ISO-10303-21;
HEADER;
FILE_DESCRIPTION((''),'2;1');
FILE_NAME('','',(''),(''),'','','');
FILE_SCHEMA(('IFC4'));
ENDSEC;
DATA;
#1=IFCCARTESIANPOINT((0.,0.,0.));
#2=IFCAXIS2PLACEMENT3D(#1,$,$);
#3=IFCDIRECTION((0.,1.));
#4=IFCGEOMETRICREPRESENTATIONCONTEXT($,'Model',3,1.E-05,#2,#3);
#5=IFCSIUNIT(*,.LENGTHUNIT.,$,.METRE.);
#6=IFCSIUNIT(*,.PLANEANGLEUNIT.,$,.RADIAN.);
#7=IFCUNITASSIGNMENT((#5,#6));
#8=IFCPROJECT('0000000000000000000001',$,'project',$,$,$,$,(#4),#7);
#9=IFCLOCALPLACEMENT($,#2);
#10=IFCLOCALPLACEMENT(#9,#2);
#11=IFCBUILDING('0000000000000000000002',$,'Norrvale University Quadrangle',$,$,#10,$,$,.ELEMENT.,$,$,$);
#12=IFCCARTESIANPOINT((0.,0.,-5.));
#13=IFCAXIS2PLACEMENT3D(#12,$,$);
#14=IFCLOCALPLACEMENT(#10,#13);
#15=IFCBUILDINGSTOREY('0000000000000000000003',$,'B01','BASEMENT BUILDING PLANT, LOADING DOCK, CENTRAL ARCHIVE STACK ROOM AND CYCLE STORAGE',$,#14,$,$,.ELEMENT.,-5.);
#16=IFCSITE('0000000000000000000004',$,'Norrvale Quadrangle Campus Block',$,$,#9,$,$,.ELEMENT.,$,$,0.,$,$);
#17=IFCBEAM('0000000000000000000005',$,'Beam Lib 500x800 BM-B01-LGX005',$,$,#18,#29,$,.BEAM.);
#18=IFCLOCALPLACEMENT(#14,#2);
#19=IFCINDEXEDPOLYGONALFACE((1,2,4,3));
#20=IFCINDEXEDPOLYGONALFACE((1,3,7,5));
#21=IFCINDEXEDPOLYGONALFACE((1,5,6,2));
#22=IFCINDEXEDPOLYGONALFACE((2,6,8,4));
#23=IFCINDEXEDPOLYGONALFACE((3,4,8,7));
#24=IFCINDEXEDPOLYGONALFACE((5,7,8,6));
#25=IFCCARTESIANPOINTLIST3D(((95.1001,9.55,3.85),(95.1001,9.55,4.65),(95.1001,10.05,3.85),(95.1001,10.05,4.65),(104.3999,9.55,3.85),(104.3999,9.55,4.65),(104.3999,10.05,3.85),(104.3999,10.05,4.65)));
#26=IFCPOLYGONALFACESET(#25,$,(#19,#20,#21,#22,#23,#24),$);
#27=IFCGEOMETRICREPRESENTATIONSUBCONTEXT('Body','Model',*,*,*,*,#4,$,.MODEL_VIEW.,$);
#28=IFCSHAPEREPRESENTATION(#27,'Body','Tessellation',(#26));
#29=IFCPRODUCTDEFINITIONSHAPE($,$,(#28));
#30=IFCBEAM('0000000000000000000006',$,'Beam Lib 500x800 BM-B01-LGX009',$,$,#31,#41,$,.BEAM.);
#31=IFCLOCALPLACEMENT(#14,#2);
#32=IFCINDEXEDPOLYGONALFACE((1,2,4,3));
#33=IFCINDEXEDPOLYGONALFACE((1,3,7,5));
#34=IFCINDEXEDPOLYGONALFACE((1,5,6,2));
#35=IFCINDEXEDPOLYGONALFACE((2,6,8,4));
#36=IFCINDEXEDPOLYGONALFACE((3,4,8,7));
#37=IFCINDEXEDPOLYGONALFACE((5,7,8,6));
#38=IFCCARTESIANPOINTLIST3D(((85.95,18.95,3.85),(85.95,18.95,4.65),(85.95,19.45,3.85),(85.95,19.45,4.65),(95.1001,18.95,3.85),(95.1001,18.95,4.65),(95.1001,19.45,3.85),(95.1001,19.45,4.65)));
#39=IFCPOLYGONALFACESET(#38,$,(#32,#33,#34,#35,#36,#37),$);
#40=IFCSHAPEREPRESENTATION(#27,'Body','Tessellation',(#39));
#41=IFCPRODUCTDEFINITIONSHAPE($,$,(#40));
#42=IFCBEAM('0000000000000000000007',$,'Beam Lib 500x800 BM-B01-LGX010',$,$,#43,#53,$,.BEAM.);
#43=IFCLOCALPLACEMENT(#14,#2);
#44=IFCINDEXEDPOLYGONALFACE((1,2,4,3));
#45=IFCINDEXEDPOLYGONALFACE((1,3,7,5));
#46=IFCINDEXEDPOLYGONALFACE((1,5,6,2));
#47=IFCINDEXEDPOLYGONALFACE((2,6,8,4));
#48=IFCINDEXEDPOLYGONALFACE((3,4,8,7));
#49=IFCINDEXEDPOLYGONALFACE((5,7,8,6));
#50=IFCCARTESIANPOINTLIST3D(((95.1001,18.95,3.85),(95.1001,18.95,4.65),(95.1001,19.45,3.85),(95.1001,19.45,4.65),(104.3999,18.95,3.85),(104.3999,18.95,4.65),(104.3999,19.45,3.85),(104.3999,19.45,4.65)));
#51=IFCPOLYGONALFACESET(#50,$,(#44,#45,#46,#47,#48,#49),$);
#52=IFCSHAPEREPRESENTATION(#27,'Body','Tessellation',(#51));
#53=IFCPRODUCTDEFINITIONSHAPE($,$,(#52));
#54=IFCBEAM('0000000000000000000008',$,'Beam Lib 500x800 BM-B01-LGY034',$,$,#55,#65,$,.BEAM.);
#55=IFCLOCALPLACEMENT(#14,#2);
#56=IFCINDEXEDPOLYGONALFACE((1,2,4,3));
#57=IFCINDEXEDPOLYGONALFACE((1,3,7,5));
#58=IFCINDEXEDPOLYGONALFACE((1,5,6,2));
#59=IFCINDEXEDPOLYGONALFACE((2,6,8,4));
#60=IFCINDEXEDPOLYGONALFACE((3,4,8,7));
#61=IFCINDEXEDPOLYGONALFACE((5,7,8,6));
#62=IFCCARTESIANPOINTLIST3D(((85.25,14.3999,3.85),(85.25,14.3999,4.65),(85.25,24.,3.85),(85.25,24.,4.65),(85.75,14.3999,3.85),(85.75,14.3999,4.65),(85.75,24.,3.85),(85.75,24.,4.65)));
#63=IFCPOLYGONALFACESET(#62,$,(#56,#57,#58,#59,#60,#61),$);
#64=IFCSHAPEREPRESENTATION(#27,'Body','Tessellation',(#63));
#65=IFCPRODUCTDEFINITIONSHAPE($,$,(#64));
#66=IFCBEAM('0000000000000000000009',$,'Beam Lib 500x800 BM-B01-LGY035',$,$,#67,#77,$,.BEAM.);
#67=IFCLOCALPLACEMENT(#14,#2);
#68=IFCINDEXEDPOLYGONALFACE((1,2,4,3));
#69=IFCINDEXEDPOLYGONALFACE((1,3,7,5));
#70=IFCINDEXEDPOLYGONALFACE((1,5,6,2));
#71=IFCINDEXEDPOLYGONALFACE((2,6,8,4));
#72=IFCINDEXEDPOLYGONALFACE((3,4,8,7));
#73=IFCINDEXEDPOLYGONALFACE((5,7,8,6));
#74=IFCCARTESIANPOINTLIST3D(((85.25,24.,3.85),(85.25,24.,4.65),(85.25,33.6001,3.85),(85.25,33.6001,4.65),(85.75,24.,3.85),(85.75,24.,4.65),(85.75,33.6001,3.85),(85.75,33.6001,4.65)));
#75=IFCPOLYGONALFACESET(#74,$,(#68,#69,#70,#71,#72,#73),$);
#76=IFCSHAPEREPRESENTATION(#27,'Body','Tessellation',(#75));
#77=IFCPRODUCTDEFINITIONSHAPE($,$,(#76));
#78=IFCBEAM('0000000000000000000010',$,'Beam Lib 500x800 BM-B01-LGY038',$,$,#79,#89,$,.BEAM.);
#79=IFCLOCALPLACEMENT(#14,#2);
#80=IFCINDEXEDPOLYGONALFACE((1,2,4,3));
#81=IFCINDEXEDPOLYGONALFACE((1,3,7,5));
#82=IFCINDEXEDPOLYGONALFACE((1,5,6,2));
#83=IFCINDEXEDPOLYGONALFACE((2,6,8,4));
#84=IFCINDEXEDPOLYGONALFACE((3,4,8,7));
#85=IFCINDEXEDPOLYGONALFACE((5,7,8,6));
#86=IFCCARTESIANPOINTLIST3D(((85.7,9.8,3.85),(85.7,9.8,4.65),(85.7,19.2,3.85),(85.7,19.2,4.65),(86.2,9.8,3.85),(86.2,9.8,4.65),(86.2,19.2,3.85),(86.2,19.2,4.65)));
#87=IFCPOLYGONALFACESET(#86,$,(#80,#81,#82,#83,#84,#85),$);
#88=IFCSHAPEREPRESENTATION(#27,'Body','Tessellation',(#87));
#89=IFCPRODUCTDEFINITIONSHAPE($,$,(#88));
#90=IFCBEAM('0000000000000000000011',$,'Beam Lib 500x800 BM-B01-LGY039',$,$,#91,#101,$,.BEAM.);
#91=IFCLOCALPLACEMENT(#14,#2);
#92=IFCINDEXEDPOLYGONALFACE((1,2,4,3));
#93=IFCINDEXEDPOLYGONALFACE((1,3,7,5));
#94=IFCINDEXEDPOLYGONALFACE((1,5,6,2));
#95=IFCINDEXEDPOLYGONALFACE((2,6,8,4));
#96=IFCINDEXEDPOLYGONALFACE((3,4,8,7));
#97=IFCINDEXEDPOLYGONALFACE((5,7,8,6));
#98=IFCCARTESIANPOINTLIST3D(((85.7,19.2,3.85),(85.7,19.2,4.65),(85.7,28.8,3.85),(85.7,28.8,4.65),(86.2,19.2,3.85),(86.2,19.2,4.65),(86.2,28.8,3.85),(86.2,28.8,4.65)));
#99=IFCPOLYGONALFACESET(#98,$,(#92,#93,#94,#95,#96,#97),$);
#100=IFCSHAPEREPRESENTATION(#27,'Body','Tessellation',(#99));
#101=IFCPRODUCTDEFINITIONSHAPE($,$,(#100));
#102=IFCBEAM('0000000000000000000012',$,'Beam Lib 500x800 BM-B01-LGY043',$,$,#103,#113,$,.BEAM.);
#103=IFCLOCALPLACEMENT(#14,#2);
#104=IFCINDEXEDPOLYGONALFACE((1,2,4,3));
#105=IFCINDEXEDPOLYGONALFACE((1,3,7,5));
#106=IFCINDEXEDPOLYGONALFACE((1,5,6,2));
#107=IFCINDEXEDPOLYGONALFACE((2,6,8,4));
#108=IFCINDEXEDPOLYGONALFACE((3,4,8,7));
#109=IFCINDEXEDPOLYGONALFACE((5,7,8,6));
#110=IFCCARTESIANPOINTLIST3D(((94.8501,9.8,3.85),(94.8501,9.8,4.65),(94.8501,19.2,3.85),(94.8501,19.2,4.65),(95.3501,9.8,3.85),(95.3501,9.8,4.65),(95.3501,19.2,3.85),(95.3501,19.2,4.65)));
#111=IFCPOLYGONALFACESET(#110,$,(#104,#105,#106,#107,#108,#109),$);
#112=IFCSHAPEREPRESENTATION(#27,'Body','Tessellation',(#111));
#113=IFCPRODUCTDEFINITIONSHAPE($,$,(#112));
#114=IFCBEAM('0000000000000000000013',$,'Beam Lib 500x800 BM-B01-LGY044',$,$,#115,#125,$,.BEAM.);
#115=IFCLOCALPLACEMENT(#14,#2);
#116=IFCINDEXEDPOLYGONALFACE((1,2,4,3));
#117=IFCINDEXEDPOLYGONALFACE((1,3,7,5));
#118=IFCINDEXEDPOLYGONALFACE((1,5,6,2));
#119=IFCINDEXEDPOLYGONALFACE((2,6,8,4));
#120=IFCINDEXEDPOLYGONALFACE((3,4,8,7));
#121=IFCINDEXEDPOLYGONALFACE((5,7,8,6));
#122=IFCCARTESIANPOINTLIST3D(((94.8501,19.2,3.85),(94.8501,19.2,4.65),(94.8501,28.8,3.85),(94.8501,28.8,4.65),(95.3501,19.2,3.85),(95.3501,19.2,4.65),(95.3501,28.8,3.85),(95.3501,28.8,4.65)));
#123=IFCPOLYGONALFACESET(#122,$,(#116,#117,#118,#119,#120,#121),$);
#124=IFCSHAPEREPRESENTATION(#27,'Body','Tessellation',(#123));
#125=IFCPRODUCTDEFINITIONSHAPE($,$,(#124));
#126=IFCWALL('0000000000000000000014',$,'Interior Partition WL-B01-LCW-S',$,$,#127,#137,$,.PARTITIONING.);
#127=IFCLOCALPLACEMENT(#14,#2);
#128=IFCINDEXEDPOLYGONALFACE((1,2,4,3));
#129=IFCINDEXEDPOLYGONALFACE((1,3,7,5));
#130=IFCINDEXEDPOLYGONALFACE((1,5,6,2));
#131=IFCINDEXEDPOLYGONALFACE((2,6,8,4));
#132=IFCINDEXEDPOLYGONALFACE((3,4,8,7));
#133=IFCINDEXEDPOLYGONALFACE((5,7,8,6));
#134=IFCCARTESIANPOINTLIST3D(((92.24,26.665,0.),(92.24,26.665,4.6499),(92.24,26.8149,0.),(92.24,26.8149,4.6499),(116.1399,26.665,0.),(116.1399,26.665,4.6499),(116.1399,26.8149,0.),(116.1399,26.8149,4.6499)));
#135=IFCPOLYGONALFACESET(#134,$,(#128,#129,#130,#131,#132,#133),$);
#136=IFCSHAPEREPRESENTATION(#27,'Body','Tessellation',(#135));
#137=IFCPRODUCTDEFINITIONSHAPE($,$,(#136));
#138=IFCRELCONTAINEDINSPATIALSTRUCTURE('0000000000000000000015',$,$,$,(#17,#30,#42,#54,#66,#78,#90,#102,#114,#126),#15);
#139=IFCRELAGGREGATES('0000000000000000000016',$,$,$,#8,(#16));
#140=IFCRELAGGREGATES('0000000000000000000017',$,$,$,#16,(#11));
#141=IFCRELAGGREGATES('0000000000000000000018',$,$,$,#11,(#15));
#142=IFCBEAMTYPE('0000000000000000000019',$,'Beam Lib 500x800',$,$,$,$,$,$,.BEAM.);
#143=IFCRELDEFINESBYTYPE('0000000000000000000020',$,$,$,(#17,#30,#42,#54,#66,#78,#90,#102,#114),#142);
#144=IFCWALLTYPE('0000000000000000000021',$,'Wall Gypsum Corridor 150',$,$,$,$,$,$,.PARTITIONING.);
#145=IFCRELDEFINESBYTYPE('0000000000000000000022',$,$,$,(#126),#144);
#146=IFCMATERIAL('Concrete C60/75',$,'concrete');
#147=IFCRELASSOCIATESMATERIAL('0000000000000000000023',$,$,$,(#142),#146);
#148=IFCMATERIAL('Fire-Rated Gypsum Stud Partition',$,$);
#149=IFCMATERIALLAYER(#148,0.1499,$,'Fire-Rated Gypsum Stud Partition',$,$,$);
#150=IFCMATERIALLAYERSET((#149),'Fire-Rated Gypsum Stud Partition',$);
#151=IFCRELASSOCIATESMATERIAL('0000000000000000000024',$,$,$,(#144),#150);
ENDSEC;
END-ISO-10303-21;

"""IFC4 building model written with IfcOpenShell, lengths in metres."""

from ifc_helpers import new_model, si_unit, direction, frame, frame_2d, origin, origin_2d, place, context, subcontext, project, spatial, rectangle, extrude, material, layer, layer_set, material_profile, profile_set, type_object, element, save


model = new_model("IFC4")

# Units and contexts
model_context = context("Model", 3, precision=1e-05, world=origin(), true_north=direction((0.0, 1.0)))
body_context = subcontext(model_context, "Body", "Model", "MODEL_VIEW")
ifc_project = project(units=[si_unit("LENGTHUNIT", "METRE"), si_unit("PLANEANGLEUNIT", "RADIAN")], contexts=[model_context])

# Site, building, storey
site_placement = place(None, origin())
site = spatial("IfcSite", under=ifc_project, at=site_placement, Name="Norrvale Quadrangle Campus Block", CompositionType="ELEMENT", RefElevation=0.0)
building_placement = place(site_placement, origin())
building = spatial("IfcBuilding", under=site, at=building_placement, Name="Norrvale University Quadrangle", CompositionType="ELEMENT")
storey_placement = place(building_placement, frame((0.0, 0.0, -5.0)))
storey = spatial("IfcBuildingStorey", under=building, at=storey_placement, Name="B01", Description="BASEMENT BUILDING PLANT, LOADING DOCK, CENTRAL ARCHIVE STACK ROOM AND CYCLE STORAGE", CompositionType="ELEMENT", Elevation=-5.0)

# Shared definitions
ifc_material_1 = material(Name="Concrete C60/75", Category="concrete")

# Beams
ifc_material_profile_1 = material_profile(ifc_material_1, rectangle(XDim=0.5, YDim=0.8, at=origin_2d()), Name="Concrete C60/75")
ifc_profile_set_1 = profile_set([ifc_material_profile_1], Name="Concrete C60/75")
beam_type = type_object("IfcBeamType", Name="Beam Lib 500x800", PredefinedType="BEAM", material=ifc_profile_set_1)
beam_1_placement = place(storey_placement, frame((95.1001, 9.8, 4.25), z_axis=(1.0, 0.0, 0.0), x_axis=(0.0, 1.0, 0.0)))
element("IfcBeam", 1, at=beam_1_placement, inside=storey, type_object=beam_type, Name="Beam Lib 500x800 BM-B01-LGX005", PredefinedType="BEAM", context=body_context, shape_type="SweptSolid", body=[
    extrude(rectangle(XDim=0.5, YDim=0.8, at=origin_2d()), origin(), (0.0, 0.0, 1.0), 9.2998),
])
beam_2_placement = place(storey_placement, frame((85.95, 19.2, 4.25), z_axis=(1.0, 0.0, 0.0), x_axis=(0.0, 1.0, 0.0)))
element("IfcBeam", 2, at=beam_2_placement, inside=storey, type_object=beam_type, Name="Beam Lib 500x800 BM-B01-LGX009", PredefinedType="BEAM", context=body_context, shape_type="SweptSolid", body=[
    extrude(rectangle(XDim=0.5, YDim=0.8, at=origin_2d()), origin(), (0.0, 0.0, 1.0), 9.1501),
])
beam_3_placement = place(storey_placement, frame((95.1001, 19.2, 4.25), z_axis=(1.0, 0.0, 0.0), x_axis=(0.0, 1.0, 0.0)))
element("IfcBeam", 3, at=beam_3_placement, inside=storey, type_object=beam_type, Name="Beam Lib 500x800 BM-B01-LGX010", PredefinedType="BEAM", context=body_context, shape_type="SweptSolid", body=[
    extrude(rectangle(XDim=0.5, YDim=0.8, at=origin_2d()), origin(), (0.0, 0.0, 1.0), 9.2998),
])
for number, where, z_axis, x_axis, name in (
    (4, (85.5, 14.3999, 4.25), (0.0, 1.0, 0.0), (-1.0, 0.0, 0.0), "Beam Lib 500x800 BM-B01-LGY034"),
    (5, (85.5, 24.0, 4.25), (0.0, 1.0, 0.0), (-1.0, 0.0, 0.0), "Beam Lib 500x800 BM-B01-LGY035"),
):
    element("IfcBeam", number, at=place(storey_placement, frame(where, z_axis=z_axis, x_axis=x_axis)), inside=storey, type_object=beam_type, Name=name, PredefinedType="BEAM", context=body_context, shape_type="SweptSolid", body=[
        extrude(rectangle(XDim=0.5, YDim=0.8, at=origin_2d()), origin(), (0.0, 0.0, 1.0), 9.6001),
    ])
beam_4_placement = place(storey_placement, frame((85.95, 9.8, 4.25), z_axis=(0.0, 1.0, 0.0), x_axis=(-1.0, 0.0, 0.0)))
element("IfcBeam", 6, at=beam_4_placement, inside=storey, type_object=beam_type, Name="Beam Lib 500x800 BM-B01-LGY038", PredefinedType="BEAM", context=body_context, shape_type="SweptSolid", body=[
    extrude(rectangle(XDim=0.5, YDim=0.8, at=origin_2d()), origin(), (0.0, 0.0, 1.0), 9.3999),
])
beam_5_placement = place(storey_placement, frame((85.95, 19.2, 4.25), z_axis=(0.0, 1.0, 0.0), x_axis=(-1.0, 0.0, 0.0)))
element("IfcBeam", 7, at=beam_5_placement, inside=storey, type_object=beam_type, Name="Beam Lib 500x800 BM-B01-LGY039", PredefinedType="BEAM", context=body_context, shape_type="SweptSolid", body=[
    extrude(rectangle(XDim=0.5, YDim=0.8, at=origin_2d()), origin(), (0.0, 0.0, 1.0), 9.6001),
])
beam_6_placement = place(storey_placement, frame((95.1001, 9.8, 4.25), z_axis=(0.0, 1.0, 0.0), x_axis=(-1.0, 0.0, 0.0)))
element("IfcBeam", 8, at=beam_6_placement, inside=storey, type_object=beam_type, Name="Beam Lib 500x800 BM-B01-LGY043", PredefinedType="BEAM", context=body_context, shape_type="SweptSolid", body=[
    extrude(rectangle(XDim=0.5, YDim=0.8, at=origin_2d()), origin(), (0.0, 0.0, 1.0), 9.3999),
])
beam_7_placement = place(storey_placement, frame((95.1001, 19.2, 4.25), z_axis=(0.0, 1.0, 0.0), x_axis=(-1.0, 0.0, 0.0)))
element("IfcBeam", 9, at=beam_7_placement, inside=storey, type_object=beam_type, Name="Beam Lib 500x800 BM-B01-LGY044", PredefinedType="BEAM", context=body_context, shape_type="SweptSolid", body=[
    extrude(rectangle(XDim=0.5, YDim=0.8, at=origin_2d()), origin(), (0.0, 0.0, 1.0), 9.6001),
])

# Wall
ifc_material_2 = material(Name="Fire-Rated Gypsum Stud Partition")
ifc_layer = layer(ifc_material_2, 0.1499, Name="Fire-Rated Gypsum Stud Partition")
ifc_layer_set = layer_set([ifc_layer], Name="Fire-Rated Gypsum Stud Partition")
wall_type = type_object("IfcWallType", Name="Wall Gypsum Corridor 150", PredefinedType="PARTITIONING", material=ifc_layer_set)
wall_placement = place(storey_placement, frame((92.24, 26.74, 0.0), z_axis=(0.0, 0.0, 1.0), x_axis=(1.0, 0.0, 0.0)))
element("IfcWall", 10, at=wall_placement, inside=storey, type_object=wall_type, Name="Interior Partition WL-B01-LCW-S", PredefinedType="PARTITIONING", context=body_context, shape_type="SweptSolid", body=[
    extrude(rectangle(XDim=23.8999, YDim=0.1499, at=frame_2d((11.95, 0.0))), origin(), (0.0, 0.0, 1.0), 4.6499),
])

save(model, "model.ifc")
